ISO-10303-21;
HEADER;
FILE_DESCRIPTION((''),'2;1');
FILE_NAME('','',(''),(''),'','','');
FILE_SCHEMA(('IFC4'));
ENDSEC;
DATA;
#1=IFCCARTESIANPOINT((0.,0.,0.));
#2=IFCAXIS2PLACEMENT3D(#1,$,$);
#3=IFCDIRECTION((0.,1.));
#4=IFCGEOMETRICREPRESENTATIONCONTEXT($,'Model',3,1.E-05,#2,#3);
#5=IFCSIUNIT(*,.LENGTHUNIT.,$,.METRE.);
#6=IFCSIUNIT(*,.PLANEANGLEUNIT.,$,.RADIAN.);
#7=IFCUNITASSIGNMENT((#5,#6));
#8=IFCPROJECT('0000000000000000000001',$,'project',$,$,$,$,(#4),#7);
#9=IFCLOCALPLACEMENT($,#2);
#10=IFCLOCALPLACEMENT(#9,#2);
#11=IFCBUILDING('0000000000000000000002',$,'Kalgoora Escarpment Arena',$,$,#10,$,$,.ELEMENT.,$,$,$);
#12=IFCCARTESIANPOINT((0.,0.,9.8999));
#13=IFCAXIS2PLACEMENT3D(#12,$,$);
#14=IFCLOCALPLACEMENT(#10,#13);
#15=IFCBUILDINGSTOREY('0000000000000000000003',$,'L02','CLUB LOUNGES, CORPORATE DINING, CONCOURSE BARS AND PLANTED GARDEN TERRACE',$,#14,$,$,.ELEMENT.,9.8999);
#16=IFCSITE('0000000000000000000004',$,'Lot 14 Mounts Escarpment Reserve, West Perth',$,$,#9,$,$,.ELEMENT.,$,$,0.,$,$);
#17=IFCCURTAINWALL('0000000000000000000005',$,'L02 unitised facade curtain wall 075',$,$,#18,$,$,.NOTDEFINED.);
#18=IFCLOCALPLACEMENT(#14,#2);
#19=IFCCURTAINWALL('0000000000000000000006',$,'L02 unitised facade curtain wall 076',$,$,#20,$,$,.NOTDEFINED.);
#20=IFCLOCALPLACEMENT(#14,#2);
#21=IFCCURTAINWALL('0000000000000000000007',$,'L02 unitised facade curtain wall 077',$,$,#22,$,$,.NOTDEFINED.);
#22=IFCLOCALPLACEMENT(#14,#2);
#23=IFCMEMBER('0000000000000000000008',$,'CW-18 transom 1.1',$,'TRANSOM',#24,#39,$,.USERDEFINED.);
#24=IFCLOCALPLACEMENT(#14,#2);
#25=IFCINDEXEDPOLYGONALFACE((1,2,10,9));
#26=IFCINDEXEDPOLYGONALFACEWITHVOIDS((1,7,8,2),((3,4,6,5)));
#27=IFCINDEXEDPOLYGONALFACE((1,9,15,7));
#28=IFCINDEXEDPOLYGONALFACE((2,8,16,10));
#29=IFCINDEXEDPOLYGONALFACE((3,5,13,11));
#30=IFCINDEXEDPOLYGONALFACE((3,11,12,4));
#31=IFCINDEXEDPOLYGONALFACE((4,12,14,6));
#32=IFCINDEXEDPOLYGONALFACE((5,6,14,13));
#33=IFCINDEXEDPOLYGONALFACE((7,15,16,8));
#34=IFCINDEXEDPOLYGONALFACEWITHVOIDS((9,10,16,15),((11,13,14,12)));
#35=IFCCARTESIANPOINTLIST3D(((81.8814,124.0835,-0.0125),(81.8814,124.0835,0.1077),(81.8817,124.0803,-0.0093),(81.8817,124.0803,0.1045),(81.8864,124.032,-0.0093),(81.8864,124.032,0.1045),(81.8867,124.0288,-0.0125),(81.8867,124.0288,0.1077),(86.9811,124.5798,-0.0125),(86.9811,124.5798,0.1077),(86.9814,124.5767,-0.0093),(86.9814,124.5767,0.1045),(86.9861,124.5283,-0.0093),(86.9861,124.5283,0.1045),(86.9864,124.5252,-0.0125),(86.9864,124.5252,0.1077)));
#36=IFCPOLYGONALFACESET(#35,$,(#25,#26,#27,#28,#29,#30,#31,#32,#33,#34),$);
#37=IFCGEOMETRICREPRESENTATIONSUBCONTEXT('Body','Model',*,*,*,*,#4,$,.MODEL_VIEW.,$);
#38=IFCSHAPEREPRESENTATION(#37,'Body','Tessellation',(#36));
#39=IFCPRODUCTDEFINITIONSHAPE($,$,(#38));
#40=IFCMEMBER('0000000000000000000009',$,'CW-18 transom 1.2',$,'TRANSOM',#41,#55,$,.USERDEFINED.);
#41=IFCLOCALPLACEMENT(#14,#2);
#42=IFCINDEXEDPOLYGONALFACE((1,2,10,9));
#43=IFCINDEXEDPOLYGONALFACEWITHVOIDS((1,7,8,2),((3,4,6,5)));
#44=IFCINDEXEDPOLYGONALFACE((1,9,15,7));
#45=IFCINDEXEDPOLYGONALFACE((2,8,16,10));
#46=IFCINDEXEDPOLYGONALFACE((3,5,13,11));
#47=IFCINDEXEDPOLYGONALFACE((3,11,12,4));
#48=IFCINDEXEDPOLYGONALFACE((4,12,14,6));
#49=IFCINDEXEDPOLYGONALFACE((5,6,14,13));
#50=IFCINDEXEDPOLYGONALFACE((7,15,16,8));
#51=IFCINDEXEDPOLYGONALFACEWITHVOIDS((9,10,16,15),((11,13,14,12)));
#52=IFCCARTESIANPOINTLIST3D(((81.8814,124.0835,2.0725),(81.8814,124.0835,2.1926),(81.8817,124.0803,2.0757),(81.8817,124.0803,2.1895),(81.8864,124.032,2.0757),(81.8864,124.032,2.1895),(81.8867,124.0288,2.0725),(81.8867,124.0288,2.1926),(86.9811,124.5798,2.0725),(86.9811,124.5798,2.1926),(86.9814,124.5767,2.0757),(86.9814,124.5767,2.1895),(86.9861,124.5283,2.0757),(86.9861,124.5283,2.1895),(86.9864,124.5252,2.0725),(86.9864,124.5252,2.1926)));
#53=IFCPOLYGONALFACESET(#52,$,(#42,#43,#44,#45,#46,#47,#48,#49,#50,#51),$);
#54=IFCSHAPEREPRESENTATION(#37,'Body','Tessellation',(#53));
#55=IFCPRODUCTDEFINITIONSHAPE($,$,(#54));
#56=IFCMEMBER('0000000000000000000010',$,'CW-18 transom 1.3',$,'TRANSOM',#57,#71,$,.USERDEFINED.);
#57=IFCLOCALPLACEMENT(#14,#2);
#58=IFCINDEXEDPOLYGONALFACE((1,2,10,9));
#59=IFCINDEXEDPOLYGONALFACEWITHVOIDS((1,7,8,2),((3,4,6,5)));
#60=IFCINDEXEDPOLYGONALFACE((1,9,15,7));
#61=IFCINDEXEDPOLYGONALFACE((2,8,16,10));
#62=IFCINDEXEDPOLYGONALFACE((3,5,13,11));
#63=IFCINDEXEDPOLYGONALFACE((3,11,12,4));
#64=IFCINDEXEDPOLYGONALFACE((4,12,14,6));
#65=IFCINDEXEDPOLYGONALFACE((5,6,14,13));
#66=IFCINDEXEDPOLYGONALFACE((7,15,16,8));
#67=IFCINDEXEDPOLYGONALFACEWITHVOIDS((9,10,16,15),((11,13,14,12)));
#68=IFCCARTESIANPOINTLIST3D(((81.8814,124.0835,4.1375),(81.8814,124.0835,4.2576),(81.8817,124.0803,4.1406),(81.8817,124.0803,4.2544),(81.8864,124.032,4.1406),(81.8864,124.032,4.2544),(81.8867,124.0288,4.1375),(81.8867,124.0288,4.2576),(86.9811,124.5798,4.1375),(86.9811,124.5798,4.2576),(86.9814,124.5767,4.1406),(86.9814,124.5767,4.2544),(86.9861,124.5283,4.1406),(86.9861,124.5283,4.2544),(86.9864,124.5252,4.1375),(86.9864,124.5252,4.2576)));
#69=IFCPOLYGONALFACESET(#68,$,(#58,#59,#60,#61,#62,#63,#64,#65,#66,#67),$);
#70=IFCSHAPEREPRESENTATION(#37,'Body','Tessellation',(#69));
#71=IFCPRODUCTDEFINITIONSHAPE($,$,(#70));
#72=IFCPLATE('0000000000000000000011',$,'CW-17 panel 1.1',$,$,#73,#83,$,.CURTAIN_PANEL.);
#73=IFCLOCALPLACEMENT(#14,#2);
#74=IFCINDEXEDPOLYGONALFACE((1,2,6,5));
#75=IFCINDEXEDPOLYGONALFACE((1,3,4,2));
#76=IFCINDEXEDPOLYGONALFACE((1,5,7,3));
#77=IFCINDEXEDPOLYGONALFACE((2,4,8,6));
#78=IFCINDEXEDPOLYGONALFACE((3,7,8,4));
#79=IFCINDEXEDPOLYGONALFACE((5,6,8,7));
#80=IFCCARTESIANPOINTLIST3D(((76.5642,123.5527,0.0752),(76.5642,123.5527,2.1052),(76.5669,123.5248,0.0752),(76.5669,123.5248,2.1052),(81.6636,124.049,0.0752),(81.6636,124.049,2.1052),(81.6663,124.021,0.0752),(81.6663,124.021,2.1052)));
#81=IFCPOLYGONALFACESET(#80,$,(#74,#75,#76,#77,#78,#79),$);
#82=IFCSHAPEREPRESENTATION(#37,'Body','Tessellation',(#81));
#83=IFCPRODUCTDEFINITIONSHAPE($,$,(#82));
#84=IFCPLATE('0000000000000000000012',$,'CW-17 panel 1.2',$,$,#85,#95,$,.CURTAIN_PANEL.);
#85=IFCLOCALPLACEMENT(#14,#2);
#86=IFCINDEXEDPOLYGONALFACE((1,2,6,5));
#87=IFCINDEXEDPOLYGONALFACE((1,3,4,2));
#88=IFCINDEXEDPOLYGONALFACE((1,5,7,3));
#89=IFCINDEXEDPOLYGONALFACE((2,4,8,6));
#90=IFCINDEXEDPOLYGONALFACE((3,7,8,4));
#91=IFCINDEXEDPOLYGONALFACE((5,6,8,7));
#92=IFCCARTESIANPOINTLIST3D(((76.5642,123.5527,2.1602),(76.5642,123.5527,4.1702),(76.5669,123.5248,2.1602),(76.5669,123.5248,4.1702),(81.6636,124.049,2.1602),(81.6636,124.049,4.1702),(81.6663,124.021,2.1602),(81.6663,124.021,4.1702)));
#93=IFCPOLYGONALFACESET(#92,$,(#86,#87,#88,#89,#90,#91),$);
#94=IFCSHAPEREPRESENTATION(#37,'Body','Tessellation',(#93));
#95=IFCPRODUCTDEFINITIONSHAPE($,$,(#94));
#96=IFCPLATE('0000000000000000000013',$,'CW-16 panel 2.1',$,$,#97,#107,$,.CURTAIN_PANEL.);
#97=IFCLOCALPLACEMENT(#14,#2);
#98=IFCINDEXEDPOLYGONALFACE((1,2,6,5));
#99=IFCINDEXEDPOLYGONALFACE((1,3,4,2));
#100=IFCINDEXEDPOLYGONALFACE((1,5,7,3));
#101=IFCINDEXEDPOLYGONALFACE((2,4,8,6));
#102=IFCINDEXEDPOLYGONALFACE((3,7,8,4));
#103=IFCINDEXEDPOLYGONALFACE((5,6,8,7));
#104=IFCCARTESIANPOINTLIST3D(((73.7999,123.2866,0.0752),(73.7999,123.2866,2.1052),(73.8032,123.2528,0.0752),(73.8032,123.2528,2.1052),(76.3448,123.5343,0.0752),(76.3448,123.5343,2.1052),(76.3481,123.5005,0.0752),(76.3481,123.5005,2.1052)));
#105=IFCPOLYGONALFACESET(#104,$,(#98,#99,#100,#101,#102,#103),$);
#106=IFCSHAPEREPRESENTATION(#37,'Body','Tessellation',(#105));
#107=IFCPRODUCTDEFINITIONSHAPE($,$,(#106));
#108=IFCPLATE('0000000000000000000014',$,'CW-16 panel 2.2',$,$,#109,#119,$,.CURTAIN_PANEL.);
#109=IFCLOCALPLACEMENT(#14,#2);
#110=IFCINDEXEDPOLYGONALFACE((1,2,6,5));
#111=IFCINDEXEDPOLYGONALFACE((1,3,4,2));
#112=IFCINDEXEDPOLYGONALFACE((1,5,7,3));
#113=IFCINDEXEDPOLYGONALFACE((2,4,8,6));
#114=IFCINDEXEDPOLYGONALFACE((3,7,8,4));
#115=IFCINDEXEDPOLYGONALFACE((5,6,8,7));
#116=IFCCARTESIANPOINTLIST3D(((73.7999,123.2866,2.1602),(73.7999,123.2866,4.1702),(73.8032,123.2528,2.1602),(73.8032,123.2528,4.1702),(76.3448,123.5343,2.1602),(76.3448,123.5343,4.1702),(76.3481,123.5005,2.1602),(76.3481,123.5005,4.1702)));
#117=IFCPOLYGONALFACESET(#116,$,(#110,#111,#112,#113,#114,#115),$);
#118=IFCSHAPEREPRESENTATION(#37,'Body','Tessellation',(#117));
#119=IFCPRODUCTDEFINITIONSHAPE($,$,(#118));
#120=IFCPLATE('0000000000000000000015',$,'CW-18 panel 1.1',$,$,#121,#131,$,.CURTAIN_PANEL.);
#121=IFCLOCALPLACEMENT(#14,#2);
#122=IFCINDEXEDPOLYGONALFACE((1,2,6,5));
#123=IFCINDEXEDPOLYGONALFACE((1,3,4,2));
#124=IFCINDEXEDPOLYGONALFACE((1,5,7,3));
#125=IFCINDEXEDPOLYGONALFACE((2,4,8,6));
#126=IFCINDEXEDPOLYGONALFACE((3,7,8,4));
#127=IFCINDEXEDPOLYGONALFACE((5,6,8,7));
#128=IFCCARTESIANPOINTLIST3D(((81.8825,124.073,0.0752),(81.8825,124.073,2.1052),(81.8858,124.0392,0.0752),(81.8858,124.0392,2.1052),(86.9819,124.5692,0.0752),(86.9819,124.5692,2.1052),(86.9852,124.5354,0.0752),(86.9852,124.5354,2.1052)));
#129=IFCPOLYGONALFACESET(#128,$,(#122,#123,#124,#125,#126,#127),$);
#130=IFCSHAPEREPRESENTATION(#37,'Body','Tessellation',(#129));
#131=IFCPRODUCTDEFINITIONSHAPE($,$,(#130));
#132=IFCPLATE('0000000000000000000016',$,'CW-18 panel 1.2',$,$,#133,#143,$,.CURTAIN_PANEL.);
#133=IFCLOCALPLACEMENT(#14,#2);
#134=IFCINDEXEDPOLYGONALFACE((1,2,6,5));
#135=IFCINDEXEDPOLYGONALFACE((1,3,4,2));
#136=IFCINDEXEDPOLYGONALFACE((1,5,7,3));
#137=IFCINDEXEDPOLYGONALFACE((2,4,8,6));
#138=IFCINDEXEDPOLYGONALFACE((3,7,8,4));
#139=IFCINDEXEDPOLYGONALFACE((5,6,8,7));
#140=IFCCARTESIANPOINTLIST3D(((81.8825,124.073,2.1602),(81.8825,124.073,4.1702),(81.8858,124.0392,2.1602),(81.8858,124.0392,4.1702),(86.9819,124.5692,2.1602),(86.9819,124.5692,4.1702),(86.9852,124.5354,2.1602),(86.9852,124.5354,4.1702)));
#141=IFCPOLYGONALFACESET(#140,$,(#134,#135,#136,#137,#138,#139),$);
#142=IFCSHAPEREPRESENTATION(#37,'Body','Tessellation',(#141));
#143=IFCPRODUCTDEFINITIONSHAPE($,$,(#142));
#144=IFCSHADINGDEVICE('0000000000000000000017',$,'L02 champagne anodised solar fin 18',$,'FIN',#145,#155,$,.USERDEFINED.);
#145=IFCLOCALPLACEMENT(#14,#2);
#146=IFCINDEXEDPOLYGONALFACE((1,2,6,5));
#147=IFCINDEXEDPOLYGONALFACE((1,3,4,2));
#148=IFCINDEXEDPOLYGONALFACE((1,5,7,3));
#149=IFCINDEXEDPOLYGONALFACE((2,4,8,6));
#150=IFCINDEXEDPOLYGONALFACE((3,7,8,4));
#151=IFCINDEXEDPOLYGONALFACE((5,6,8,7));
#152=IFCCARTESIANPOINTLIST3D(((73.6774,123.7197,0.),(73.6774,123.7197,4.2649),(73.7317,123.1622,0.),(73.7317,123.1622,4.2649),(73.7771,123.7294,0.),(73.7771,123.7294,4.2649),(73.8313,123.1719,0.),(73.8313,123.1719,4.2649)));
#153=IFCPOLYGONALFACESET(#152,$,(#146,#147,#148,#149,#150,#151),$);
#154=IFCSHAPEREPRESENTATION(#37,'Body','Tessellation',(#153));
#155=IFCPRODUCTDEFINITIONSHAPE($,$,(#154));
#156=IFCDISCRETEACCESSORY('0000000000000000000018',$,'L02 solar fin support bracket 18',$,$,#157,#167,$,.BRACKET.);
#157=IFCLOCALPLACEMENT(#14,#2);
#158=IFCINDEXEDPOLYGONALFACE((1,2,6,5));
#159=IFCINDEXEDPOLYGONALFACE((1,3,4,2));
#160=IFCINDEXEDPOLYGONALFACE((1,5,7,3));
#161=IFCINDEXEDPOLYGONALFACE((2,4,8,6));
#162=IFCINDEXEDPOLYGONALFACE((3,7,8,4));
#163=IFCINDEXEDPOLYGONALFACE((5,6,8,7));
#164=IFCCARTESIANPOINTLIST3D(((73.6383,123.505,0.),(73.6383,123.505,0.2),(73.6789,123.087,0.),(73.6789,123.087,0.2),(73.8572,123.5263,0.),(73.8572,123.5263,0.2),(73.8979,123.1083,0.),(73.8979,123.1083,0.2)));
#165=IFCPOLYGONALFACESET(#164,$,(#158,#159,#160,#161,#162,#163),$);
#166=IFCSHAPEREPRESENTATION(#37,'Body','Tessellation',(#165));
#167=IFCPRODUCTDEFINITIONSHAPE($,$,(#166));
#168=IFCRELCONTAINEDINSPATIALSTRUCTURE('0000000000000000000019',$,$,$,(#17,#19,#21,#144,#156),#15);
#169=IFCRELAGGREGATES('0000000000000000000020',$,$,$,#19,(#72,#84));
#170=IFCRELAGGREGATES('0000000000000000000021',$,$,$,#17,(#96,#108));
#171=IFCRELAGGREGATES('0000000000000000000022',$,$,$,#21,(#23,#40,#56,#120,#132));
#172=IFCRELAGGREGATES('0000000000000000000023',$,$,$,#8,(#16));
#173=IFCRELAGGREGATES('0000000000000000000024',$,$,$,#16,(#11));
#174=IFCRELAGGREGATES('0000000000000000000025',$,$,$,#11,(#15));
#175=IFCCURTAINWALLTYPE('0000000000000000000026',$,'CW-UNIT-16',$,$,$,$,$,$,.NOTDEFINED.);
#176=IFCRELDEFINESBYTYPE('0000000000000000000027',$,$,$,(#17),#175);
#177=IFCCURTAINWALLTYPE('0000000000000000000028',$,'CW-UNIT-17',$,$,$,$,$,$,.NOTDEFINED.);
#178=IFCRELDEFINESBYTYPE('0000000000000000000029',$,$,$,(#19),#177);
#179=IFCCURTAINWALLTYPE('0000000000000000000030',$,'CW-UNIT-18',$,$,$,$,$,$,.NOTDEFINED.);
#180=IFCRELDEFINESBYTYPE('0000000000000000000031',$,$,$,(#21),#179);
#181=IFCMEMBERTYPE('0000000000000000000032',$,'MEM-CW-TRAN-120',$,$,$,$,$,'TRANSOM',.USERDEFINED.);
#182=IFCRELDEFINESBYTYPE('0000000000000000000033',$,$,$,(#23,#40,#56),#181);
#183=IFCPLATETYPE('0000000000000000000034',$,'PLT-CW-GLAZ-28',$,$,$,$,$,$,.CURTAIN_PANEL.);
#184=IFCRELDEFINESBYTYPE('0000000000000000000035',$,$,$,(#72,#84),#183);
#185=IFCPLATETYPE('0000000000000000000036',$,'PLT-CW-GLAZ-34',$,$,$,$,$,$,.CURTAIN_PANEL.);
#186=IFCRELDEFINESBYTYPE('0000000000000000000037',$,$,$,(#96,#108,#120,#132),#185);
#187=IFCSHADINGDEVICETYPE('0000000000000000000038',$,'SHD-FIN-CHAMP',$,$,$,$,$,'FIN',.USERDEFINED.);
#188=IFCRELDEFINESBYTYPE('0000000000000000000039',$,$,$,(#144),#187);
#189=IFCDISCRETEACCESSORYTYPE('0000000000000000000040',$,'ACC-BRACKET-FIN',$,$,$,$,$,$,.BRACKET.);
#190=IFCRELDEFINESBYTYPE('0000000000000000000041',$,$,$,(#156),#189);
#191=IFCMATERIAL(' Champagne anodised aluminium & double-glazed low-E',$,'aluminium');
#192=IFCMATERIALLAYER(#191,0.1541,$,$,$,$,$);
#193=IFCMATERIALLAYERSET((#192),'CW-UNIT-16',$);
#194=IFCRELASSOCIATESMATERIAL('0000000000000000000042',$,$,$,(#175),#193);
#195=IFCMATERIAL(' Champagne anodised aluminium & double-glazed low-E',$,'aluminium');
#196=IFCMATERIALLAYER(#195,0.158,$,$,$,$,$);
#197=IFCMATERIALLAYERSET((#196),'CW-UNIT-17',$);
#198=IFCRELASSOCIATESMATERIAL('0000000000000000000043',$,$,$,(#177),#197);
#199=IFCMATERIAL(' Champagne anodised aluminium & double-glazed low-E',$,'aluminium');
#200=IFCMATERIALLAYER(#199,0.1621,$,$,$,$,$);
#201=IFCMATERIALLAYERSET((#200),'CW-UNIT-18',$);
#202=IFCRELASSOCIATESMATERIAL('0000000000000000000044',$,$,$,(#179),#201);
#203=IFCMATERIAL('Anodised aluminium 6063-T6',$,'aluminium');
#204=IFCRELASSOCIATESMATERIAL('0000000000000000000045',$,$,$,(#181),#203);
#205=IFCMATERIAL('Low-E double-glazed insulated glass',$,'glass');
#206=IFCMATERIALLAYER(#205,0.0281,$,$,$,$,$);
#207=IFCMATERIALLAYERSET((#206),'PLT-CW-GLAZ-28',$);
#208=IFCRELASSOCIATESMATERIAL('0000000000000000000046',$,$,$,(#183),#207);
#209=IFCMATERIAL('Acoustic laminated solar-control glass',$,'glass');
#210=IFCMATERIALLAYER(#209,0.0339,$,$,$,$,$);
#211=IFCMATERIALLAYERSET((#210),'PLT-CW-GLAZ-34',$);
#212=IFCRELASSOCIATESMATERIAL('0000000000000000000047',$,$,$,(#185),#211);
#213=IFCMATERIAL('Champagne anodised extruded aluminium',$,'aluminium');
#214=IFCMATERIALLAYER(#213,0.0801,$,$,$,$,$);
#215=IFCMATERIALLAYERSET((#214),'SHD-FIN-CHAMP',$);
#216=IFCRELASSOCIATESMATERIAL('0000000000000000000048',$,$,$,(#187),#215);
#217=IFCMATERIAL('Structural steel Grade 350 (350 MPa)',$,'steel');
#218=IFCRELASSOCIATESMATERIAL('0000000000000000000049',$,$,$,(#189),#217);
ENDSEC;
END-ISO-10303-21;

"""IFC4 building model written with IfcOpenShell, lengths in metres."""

from ifc_helpers import new_model, si_unit, direction, frame, origin, origin_2d, place, context, subcontext, project, spatial, rectangle, hollow_rectangle, extrude, material, layer, layer_set, material_profile, profile_set, type_object, element, aggregate, save


model = new_model("IFC4")

# Units and contexts
model_context = context("Model", 3, precision=1e-05, world=origin(), true_north=direction((0.0, 1.0)))
body_context = subcontext(model_context, "Body", "Model", "MODEL_VIEW")
ifc_project = project(units=[si_unit("LENGTHUNIT", "METRE"), si_unit("PLANEANGLEUNIT", "RADIAN")], contexts=[model_context])

# Site, building, storey
site_placement = place(None, origin())
site = spatial("IfcSite", under=ifc_project, at=site_placement, Name="Lot 14 Mounts Escarpment Reserve, West Perth", CompositionType="ELEMENT", RefElevation=0.0)
building_placement = place(site_placement, origin())
building = spatial("IfcBuilding", under=site, at=building_placement, Name="Kalgoora Escarpment Arena", CompositionType="ELEMENT")
storey_placement = place(building_placement, frame((0.0, 0.0, 9.8999)))
storey = spatial("IfcBuildingStorey", under=building, at=storey_placement, Name="L02", Description="CLUB LOUNGES, CORPORATE DINING, CONCOURSE BARS AND PLANTED GARDEN TERRACE", CompositionType="ELEMENT", Elevation=9.8999)

# Curtain wall
ifc_material_1 = material(Name=" Champagne anodised aluminium & double-glazed low-E", Category="aluminium")
ifc_layer_1 = layer(ifc_material_1, 0.1541)
ifc_layer_set_1 = layer_set([ifc_layer_1], Name="CW-UNIT-16")
curtain_wall_type_1 = type_object("IfcCurtainWallType", Name="CW-UNIT-16", PredefinedType="NOTDEFINED", material=ifc_layer_set_1)
curtain_wall_1_placement = place(storey_placement, origin())
curtain_wall_1 = element("IfcCurtainWall", 1, at=curtain_wall_1_placement, inside=storey, type_object=curtain_wall_type_1, Name="L02 unitised facade curtain wall 075", PredefinedType="NOTDEFINED")

# Curtain walls
ifc_material_2 = material(Name=" Champagne anodised aluminium & double-glazed low-E", Category="aluminium")
ifc_layer_2 = layer(ifc_material_2, 0.158)
ifc_layer_set_2 = layer_set([ifc_layer_2], Name="CW-UNIT-17")
curtain_wall_type_2 = type_object("IfcCurtainWallType", Name="CW-UNIT-17", PredefinedType="NOTDEFINED", material=ifc_layer_set_2)
curtain_wall_2_placement = place(storey_placement, origin())
curtain_wall_2 = element("IfcCurtainWall", 2, at=curtain_wall_2_placement, inside=storey, type_object=curtain_wall_type_2, Name="L02 unitised facade curtain wall 076", PredefinedType="NOTDEFINED")
ifc_material_3 = material(Name=" Champagne anodised aluminium & double-glazed low-E", Category="aluminium")
ifc_layer_3 = layer(ifc_material_3, 0.1621)
ifc_layer_set_3 = layer_set([ifc_layer_3], Name="CW-UNIT-18")
curtain_wall_type_3 = type_object("IfcCurtainWallType", Name="CW-UNIT-18", PredefinedType="NOTDEFINED", material=ifc_layer_set_3)
curtain_wall_3_placement = place(storey_placement, origin())
curtain_wall_3 = element("IfcCurtainWall", 3, at=curtain_wall_3_placement, inside=storey, type_object=curtain_wall_type_3, Name="L02 unitised facade curtain wall 077", PredefinedType="NOTDEFINED")

# Members
ifc_material_4 = material(Name="Anodised aluminium 6063-T6", Category="aluminium")
ifc_material_profile_1 = material_profile(ifc_material_4, hollow_rectangle(XDim=0.0549, YDim=0.1201, WallThickness=0.0032, at=origin_2d()))
ifc_profile_set_1 = profile_set([ifc_material_profile_1], Name="Anodised aluminium 6063-T6")
member_type_1 = type_object("IfcMemberType", Name="MEM-CW-TRAN-120", ElementType="TRANSOM", PredefinedType="USERDEFINED", material=ifc_profile_set_1)
member_1_placement = place(storey_placement, frame((81.884, 124.0562, 0.0476), z_axis=(0.995297, 0.096871, 0.0), x_axis=(-0.096871, 0.995297, 0.0)))
member_1 = element("IfcMember", 4, at=member_1_placement, type_object=member_type_1, Name="CW-18 transom 1.1", ObjectType="TRANSOM", PredefinedType="USERDEFINED", context=body_context, shape_type="SweptSolid", body=[
    extrude(hollow_rectangle(XDim=0.0549, YDim=0.1201, WallThickness=0.0032, at=origin_2d()), origin(), (0.0, 0.0, 1.0), 5.1238),
])
member_2_placement = place(storey_placement, frame((81.884, 124.0562, 2.1326), z_axis=(0.995297, 0.096871, 0.0), x_axis=(-0.096871, 0.995297, 0.0)))
member_2 = element("IfcMember", 5, at=member_2_placement, type_object=member_type_1, Name="CW-18 transom 1.2", ObjectType="TRANSOM", PredefinedType="USERDEFINED", context=body_context, shape_type="SweptSolid", body=[
    extrude(hollow_rectangle(XDim=0.0549, YDim=0.1201, WallThickness=0.0032, at=origin_2d()), origin(), (0.0, 0.0, 1.0), 5.1238),
])
member_3_placement = place(storey_placement, frame((81.884, 124.0562, 4.1975), z_axis=(0.995297, 0.096871, 0.0), x_axis=(-0.096871, 0.995297, 0.0)))
member_3 = element("IfcMember", 6, at=member_3_placement, type_object=member_type_1, Name="CW-18 transom 1.3", ObjectType="TRANSOM", PredefinedType="USERDEFINED", context=body_context, shape_type="SweptSolid", body=[
    extrude(hollow_rectangle(XDim=0.0549, YDim=0.1201, WallThickness=0.0032, at=origin_2d()), origin(), (0.0, 0.0, 1.0), 5.1238),
])

# Plates
ifc_material_5 = material(Name="Low-E double-glazed insulated glass", Category="glass")
ifc_layer_4 = layer(ifc_material_5, 0.0281)
ifc_layer_set_4 = layer_set([ifc_layer_4], Name="PLT-CW-GLAZ-28")
plate_type_1 = type_object("IfcPlateType", Name="PLT-CW-GLAZ-28", PredefinedType="CURTAIN_PANEL", material=ifc_layer_set_4)
plate_1_placement = place(storey_placement, frame((79.1152, 123.7869, 0.0752), z_axis=(0.0, 0.0, 1.0), x_axis=(0.995298, 0.09686, 0.0)))
plate_1 = element("IfcPlate", 7, at=plate_1_placement, type_object=plate_type_1, Name="CW-17 panel 1.1", PredefinedType="CURTAIN_PANEL", context=body_context, shape_type="SweptSolid", body=[
    extrude(rectangle(XDim=5.1235, YDim=0.0281, at=origin_2d()), origin(), (0.0, 0.0, 1.0), 2.03),
])
plate_2_placement = place(storey_placement, frame((79.1152, 123.7869, 2.1602), z_axis=(0.0, 0.0, 1.0), x_axis=(0.995298, 0.09686, 0.0)))
plate_2 = element("IfcPlate", 8, at=plate_2_placement, type_object=plate_type_1, Name="CW-17 panel 1.2", PredefinedType="CURTAIN_PANEL", context=body_context, shape_type="SweptSolid", body=[
    extrude(rectangle(XDim=5.1235, YDim=0.0281, at=origin_2d()), origin(), (0.0, 0.0, 1.0), 2.01),
])
aggregate(curtain_wall_2, [plate_1, plate_2])
ifc_material_6 = material(Name="Acoustic laminated solar-control glass", Category="glass")
ifc_layer_5 = layer(ifc_material_6, 0.0339)
ifc_layer_set_5 = layer_set([ifc_layer_5], Name="PLT-CW-GLAZ-34")
plate_type_2 = type_object("IfcPlateType", Name="PLT-CW-GLAZ-34", PredefinedType="CURTAIN_PANEL", material=ifc_layer_set_5)
plate_3_placement = place(storey_placement, frame((75.074, 123.3936, 0.0752), z_axis=(0.0, 0.0, 1.0), x_axis=(0.995299, 0.096853, 0.0)))
plate_3 = element("IfcPlate", 9, at=plate_3_placement, type_object=plate_type_2, Name="CW-16 panel 2.1", PredefinedType="CURTAIN_PANEL", context=body_context, shape_type="SweptSolid", body=[
    extrude(rectangle(XDim=2.5569, YDim=0.0339, at=origin_2d()), origin(), (0.0, 0.0, 1.0), 2.03),
])
plate_4_placement = place(storey_placement, frame((75.074, 123.3936, 2.1602), z_axis=(0.0, 0.0, 1.0), x_axis=(0.995299, 0.096853, 0.0)))
plate_4 = element("IfcPlate", 10, at=plate_4_placement, type_object=plate_type_2, Name="CW-16 panel 2.2", PredefinedType="CURTAIN_PANEL", context=body_context, shape_type="SweptSolid", body=[
    extrude(rectangle(XDim=2.5569, YDim=0.0339, at=origin_2d()), origin(), (0.0, 0.0, 1.0), 2.01),
])
aggregate(curtain_wall_1, [plate_3, plate_4])
plate_5_placement = place(storey_placement, frame((84.4338, 124.3042, 0.0752), z_axis=(0.0, 0.0, 1.0), x_axis=(0.995298, 0.09686, 0.0)))
plate_5 = element("IfcPlate", 11, at=plate_5_placement, type_object=plate_type_2, Name="CW-18 panel 1.1", PredefinedType="CURTAIN_PANEL", context=body_context, shape_type="SweptSolid", body=[
    extrude(rectangle(XDim=5.1235, YDim=0.0339, at=origin_2d()), origin(), (0.0, 0.0, 1.0), 2.03),
])
plate_6_placement = place(storey_placement, frame((84.4338, 124.3042, 2.1602), z_axis=(0.0, 0.0, 1.0), x_axis=(0.995298, 0.09686, 0.0)))
plate_6 = element("IfcPlate", 12, at=plate_6_placement, type_object=plate_type_2, Name="CW-18 panel 1.2", PredefinedType="CURTAIN_PANEL", context=body_context, shape_type="SweptSolid", body=[
    extrude(rectangle(XDim=5.1235, YDim=0.0339, at=origin_2d()), origin(), (0.0, 0.0, 1.0), 2.01),
])
aggregate(curtain_wall_3, [member_1, member_2, member_3, plate_5, plate_6])

# Shading device
ifc_material_7 = material(Name="Champagne anodised extruded aluminium", Category="aluminium")
ifc_layer_6 = layer(ifc_material_7, 0.0801)
ifc_layer_set_6 = layer_set([ifc_layer_6], Name="SHD-FIN-CHAMP")
shading_device_type = type_object("IfcShadingDeviceType", Name="SHD-FIN-CHAMP", ElementType="FIN", PredefinedType="USERDEFINED", material=ifc_layer_set_6)
shading_device_placement = place(storey_placement, frame((73.7544, 123.4458, 0.0), z_axis=(0.0, 0.0, 1.0), x_axis=(-0.096888, 0.995295, 0.0)))
element("IfcShadingDevice", 13, at=shading_device_placement, inside=storey, type_object=shading_device_type, Name="L02 champagne anodised solar fin 18", ObjectType="FIN", PredefinedType="USERDEFINED", context=body_context, shape_type="SweptSolid", body=[
    extrude(rectangle(XDim=0.5601, YDim=0.1001, at=origin_2d()), origin(), (0.0, 0.0, 1.0), 4.2649),
])

# Discrete accessory
ifc_material_8 = material(Name="Structural steel Grade 350 (350 MPa)", Category="steel")
discrete_accessory_type = type_object("IfcDiscreteAccessoryType", Name="ACC-BRACKET-FIN", PredefinedType="BRACKET", material=ifc_material_8)
discrete_accessory_placement = place(storey_placement, frame((73.7681, 123.3066, 0.0), z_axis=(0.0, 0.0, 1.0), x_axis=(-0.096888, 0.995295, 0.0)))
element("IfcDiscreteAccessory", 14, at=discrete_accessory_placement, inside=storey, type_object=discrete_accessory_type, Name="L02 solar fin support bracket 18", PredefinedType="BRACKET", context=body_context, shape_type="SweptSolid", body=[
    extrude(rectangle(XDim=0.4199, YDim=0.22, at=origin_2d()), origin(), (0.0, 0.0, 1.0), 0.2),
])

save(model, "model.ifc")
